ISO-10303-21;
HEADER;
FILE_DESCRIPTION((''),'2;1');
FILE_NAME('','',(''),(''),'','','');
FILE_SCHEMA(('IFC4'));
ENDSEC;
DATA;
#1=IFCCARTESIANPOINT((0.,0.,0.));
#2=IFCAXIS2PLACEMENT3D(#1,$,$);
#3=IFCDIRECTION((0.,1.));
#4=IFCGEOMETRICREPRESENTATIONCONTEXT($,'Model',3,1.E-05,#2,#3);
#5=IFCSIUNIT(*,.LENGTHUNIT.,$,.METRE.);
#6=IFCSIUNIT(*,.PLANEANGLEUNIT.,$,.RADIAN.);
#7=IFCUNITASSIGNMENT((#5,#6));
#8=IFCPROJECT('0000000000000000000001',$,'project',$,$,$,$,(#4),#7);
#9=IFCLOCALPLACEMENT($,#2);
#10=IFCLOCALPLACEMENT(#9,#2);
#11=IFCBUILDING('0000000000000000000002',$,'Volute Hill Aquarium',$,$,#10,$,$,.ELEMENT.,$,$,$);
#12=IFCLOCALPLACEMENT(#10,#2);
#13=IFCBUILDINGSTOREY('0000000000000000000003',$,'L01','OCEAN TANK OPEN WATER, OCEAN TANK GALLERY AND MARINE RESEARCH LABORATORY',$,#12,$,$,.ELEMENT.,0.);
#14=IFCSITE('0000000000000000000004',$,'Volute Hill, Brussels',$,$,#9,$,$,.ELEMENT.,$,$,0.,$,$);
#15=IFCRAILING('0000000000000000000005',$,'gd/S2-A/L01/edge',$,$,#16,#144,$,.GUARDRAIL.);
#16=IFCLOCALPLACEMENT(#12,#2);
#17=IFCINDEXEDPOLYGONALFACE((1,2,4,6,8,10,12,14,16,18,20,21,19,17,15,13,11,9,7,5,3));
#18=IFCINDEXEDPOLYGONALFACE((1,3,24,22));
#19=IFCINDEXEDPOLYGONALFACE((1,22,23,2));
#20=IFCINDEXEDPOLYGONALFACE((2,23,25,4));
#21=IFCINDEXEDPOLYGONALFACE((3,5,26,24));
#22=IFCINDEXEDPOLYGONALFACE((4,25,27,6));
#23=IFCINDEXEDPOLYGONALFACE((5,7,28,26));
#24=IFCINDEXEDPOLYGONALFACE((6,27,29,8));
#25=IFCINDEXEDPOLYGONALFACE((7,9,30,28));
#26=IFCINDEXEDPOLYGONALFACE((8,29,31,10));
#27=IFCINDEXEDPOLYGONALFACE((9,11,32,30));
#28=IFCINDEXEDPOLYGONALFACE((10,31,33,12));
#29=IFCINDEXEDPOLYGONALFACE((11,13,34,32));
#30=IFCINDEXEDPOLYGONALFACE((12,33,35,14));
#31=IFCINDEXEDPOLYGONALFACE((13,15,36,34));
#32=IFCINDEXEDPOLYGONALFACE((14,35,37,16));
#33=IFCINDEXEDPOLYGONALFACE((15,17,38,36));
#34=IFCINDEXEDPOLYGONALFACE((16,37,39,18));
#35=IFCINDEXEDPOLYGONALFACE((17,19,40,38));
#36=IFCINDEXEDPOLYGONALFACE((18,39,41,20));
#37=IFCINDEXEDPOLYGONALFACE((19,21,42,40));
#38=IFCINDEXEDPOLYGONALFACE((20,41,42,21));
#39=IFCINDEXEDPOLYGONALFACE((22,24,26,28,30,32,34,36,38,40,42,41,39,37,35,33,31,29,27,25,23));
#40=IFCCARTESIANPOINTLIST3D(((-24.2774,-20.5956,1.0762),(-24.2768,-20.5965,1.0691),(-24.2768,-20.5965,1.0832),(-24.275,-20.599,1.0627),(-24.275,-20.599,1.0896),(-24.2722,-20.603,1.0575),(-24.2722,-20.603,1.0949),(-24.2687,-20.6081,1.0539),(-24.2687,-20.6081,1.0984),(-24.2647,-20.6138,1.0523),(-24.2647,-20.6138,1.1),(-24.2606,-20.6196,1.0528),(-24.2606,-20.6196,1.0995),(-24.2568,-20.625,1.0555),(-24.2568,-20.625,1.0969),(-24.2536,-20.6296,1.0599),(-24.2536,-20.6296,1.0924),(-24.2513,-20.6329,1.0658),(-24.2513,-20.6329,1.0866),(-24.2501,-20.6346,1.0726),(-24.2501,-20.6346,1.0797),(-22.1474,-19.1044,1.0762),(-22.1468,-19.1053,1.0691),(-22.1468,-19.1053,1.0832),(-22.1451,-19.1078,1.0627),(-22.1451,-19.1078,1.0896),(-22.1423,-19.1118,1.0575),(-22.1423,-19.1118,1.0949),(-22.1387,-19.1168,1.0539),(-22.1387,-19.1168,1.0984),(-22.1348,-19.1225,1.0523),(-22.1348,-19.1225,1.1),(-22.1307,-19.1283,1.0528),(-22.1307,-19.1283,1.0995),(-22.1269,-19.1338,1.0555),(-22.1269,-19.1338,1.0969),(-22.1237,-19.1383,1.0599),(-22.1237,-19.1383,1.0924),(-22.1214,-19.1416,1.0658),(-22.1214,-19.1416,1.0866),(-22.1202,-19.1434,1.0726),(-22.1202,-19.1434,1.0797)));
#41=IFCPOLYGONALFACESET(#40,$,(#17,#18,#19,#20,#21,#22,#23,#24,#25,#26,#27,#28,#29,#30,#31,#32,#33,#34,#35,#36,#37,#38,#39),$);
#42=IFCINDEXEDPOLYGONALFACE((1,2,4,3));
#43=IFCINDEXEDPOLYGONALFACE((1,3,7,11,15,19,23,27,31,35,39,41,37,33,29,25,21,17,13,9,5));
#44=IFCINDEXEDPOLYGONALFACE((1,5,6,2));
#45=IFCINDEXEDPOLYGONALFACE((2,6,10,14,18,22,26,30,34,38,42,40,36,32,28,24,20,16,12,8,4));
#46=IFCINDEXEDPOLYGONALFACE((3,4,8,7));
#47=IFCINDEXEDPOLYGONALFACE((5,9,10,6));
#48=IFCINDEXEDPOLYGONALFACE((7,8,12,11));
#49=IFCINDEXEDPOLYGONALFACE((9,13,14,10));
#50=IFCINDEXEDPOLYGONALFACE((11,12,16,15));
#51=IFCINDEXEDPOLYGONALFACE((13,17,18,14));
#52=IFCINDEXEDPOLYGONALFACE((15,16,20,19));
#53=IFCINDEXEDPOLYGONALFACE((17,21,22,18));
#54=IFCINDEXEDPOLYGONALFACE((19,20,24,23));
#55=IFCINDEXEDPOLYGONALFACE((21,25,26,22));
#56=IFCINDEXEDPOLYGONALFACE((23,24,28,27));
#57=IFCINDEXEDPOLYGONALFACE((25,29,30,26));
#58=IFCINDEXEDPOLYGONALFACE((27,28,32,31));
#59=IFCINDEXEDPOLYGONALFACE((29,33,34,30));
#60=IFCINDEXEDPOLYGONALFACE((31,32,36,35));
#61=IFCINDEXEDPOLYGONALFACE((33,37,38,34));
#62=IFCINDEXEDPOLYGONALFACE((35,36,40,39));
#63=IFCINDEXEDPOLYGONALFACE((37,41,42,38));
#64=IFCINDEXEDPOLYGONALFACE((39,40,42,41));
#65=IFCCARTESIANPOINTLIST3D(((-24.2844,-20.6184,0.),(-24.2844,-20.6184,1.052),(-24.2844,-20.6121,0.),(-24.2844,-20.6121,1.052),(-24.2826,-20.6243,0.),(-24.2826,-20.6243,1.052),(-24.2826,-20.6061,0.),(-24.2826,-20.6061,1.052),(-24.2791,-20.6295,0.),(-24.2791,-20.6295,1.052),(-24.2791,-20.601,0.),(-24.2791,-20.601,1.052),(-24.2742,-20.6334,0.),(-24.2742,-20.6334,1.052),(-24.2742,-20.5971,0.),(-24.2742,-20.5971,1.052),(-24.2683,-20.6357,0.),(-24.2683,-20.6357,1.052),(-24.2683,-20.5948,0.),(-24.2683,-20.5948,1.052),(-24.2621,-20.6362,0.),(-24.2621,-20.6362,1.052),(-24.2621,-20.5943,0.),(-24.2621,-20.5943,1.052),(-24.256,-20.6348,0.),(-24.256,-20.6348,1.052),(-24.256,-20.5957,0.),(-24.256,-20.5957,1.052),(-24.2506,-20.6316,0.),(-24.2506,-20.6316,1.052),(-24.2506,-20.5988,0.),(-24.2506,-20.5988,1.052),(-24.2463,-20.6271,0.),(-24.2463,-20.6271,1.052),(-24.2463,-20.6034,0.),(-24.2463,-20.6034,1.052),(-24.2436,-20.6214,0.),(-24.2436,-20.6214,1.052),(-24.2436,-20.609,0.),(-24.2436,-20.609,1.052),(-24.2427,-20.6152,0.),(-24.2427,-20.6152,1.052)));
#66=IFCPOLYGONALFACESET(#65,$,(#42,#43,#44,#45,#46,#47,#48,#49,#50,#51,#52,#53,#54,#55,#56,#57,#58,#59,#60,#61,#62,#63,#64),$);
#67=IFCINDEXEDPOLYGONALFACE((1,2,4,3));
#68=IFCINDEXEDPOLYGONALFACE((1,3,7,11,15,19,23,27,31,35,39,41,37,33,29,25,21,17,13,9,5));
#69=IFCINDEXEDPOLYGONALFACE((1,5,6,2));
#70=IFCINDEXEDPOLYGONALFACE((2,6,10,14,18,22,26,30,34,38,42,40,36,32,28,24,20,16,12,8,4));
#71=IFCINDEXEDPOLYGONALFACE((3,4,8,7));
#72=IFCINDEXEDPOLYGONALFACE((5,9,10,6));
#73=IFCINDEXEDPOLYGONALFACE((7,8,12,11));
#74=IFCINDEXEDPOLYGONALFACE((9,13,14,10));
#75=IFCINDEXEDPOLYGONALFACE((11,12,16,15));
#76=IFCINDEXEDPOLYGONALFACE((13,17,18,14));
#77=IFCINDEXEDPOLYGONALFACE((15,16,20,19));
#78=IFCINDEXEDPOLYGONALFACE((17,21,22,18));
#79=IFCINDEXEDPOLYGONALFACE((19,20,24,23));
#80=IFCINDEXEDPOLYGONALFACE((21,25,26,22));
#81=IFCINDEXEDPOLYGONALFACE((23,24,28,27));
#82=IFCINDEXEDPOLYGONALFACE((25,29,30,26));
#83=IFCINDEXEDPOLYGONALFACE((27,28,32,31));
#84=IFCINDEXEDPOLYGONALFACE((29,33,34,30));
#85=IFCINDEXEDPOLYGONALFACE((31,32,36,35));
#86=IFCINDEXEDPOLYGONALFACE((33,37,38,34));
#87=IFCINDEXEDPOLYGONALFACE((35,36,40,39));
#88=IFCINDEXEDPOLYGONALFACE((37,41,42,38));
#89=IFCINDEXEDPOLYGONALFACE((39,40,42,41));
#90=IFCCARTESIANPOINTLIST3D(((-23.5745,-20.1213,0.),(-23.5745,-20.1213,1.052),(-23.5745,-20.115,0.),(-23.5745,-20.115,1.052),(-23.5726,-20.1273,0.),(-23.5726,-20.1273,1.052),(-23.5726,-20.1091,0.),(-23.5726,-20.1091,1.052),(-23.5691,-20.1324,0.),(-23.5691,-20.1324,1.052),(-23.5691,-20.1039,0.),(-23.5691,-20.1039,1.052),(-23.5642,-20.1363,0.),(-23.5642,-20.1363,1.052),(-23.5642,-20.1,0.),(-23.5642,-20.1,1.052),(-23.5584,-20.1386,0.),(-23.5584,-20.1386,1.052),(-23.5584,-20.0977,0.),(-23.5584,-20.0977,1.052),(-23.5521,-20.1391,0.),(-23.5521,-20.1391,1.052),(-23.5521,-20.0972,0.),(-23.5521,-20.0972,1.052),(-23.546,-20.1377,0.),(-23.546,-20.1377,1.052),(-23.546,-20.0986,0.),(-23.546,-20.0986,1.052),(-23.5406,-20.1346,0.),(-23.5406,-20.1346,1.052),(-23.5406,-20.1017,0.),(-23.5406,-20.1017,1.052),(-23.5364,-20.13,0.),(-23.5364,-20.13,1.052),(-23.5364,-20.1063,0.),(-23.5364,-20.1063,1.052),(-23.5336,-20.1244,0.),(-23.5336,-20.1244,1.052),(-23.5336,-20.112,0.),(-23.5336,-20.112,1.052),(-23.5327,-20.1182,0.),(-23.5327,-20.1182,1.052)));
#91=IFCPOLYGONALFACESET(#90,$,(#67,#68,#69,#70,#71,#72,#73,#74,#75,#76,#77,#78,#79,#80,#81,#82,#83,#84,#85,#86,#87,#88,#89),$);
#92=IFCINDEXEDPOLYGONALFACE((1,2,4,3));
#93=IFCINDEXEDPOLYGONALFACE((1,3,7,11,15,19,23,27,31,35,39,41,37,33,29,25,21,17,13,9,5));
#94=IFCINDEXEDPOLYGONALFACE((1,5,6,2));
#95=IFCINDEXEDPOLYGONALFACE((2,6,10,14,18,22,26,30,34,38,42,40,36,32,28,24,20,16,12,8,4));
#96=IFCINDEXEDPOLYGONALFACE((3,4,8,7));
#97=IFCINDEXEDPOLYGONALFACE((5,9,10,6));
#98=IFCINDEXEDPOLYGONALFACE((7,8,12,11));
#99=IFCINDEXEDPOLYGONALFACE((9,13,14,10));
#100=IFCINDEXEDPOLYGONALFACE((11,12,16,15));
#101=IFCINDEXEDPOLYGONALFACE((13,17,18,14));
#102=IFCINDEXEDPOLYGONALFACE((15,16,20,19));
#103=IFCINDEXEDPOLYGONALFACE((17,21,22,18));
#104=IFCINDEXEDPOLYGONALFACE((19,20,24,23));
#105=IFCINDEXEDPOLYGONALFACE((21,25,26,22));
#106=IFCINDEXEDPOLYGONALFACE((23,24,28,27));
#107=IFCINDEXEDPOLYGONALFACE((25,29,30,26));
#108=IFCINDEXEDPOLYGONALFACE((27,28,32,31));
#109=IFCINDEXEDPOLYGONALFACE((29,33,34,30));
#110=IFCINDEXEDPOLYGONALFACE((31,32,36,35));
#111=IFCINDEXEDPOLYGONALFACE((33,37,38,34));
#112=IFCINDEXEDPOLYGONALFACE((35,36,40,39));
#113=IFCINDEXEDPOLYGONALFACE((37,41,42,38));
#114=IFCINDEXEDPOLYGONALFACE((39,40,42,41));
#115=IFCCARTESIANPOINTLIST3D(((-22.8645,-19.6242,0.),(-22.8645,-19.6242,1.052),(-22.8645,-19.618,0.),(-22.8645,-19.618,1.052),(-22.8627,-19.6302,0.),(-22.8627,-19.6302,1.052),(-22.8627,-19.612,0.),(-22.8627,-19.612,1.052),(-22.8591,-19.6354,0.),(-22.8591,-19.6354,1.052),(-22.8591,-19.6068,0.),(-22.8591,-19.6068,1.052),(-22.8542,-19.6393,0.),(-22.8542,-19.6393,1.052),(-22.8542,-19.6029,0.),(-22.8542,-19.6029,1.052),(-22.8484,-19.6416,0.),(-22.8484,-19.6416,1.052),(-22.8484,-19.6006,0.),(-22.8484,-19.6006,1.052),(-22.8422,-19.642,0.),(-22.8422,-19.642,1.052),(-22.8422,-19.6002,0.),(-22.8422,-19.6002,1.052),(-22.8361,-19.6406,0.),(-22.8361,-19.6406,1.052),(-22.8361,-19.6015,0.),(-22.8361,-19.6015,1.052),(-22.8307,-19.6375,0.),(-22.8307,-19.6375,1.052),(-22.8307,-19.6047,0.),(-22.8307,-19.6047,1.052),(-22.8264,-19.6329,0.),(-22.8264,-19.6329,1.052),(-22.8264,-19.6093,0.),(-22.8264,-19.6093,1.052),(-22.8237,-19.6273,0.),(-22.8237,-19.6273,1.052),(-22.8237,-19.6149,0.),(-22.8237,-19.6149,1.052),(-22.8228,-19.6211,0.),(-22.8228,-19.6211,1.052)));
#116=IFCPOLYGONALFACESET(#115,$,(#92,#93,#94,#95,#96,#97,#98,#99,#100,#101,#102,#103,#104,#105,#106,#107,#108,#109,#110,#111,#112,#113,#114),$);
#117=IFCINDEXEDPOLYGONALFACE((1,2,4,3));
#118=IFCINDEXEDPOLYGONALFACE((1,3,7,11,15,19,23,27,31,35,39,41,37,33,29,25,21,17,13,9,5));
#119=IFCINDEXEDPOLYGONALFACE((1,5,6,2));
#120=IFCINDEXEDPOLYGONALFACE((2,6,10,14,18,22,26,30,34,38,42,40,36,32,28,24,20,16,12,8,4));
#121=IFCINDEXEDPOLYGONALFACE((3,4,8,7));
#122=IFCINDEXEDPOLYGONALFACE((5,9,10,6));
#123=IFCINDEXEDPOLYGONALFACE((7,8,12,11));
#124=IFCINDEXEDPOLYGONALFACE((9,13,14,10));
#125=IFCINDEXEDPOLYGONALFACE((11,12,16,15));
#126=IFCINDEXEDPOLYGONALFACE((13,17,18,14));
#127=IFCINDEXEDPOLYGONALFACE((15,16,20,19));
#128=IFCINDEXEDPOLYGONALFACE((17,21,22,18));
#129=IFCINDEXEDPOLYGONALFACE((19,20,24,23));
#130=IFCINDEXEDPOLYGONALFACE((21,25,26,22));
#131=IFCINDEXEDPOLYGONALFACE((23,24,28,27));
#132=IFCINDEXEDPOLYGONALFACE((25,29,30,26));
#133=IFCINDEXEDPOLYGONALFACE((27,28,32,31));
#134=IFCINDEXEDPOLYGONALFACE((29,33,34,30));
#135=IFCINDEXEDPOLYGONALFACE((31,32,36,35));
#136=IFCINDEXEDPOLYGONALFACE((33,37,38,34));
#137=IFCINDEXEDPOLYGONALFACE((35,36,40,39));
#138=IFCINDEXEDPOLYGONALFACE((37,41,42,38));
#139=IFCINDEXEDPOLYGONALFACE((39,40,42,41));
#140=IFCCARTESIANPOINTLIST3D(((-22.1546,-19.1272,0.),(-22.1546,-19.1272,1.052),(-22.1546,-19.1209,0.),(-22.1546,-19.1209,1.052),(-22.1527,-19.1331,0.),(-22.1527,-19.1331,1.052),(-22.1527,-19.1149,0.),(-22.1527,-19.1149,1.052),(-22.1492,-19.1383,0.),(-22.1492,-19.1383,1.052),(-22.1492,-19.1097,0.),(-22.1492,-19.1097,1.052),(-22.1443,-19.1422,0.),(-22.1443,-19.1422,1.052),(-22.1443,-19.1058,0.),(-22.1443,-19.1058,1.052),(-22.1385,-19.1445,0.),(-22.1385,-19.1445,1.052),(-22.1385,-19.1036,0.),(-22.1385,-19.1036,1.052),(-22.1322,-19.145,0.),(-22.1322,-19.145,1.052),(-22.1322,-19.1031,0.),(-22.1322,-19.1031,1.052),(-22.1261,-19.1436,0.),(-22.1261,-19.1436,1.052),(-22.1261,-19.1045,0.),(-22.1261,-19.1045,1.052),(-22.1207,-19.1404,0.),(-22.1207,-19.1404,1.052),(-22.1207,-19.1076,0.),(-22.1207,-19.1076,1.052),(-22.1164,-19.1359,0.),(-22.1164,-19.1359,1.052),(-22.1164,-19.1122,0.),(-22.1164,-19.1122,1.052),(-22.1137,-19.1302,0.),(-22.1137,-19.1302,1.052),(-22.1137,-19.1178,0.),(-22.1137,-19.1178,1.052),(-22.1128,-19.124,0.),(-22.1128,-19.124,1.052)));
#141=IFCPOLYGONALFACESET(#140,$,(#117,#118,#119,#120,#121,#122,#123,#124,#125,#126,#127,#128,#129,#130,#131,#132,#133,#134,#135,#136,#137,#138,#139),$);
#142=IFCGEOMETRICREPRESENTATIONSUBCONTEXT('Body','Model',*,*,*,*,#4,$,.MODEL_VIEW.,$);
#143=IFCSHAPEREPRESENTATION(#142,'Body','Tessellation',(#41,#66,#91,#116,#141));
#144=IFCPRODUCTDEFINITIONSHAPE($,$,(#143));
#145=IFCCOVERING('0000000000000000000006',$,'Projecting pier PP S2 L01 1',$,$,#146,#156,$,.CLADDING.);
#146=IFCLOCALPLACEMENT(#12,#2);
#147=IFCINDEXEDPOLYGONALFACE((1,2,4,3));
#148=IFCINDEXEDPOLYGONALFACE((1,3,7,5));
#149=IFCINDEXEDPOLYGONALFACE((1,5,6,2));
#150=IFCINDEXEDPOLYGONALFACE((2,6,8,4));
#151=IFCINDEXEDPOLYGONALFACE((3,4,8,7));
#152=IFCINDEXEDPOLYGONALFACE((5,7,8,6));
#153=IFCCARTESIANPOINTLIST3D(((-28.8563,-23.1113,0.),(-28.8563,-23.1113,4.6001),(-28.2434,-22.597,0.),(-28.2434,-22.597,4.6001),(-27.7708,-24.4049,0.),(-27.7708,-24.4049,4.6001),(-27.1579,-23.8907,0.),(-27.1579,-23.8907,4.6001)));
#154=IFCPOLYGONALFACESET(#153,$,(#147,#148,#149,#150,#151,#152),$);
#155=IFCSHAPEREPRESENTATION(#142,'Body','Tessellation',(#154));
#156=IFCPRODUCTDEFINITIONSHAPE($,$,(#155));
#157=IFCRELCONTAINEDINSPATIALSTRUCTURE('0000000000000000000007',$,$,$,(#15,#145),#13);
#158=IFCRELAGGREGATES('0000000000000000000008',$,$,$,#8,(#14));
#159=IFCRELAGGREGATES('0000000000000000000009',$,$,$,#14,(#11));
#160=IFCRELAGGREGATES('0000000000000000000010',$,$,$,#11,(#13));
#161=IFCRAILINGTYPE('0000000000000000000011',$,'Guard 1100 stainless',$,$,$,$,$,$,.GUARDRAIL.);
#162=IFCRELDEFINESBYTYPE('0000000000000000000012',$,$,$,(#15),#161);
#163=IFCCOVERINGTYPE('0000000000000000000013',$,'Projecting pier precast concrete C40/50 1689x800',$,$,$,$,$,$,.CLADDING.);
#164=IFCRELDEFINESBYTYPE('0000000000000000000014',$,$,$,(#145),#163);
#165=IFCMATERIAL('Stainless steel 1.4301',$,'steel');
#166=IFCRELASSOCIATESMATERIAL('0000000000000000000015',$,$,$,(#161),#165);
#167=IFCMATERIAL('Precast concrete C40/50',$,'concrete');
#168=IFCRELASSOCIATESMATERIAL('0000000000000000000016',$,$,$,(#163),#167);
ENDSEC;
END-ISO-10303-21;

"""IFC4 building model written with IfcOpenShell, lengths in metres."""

from ifc_helpers import new_model, si_unit, direction, frame, origin, origin_2d, place, context, subcontext, project, spatial, rectangle, circle, extrude, material, type_object, element, save


model = new_model("IFC4")

# Units and contexts
model_context = context("Model", 3, precision=1e-05, world=origin(), true_north=direction((0.0, 1.0)))
body_context = subcontext(model_context, "Body", "Model", "MODEL_VIEW")
ifc_project = project(units=[si_unit("LENGTHUNIT", "METRE"), si_unit("PLANEANGLEUNIT", "RADIAN")], contexts=[model_context])

# Site, building, storey
site_placement = place(None, origin())
site = spatial("IfcSite", under=ifc_project, at=site_placement, Name="Volute Hill, Brussels", CompositionType="ELEMENT", RefElevation=0.0)
building_placement = place(site_placement, origin())
building = spatial("IfcBuilding", under=site, at=building_placement, Name="Volute Hill Aquarium", CompositionType="ELEMENT")
storey_placement = place(building_placement, origin())
storey = spatial("IfcBuildingStorey", under=building, at=storey_placement, Name="L01", Description="OCEAN TANK OPEN WATER, OCEAN TANK GALLERY AND MARINE RESEARCH LABORATORY", CompositionType="ELEMENT", Elevation=0.0)

# Railing
ifc_material_1 = material(Name="Stainless steel 1.4301", Category="steel")
railing_type_1 = type_object("IfcRailingType", Name="Guard 1100 stainless", PredefinedType="GUARDRAIL", material=ifc_material_1)
railing_1_placement = place(storey_placement, frame((-24.2637, -20.6152, 0.0)))
element("IfcRailing", 1, at=railing_1_placement, inside=storey, type_object=railing_type_1, Name="gd/S2-A/L01/edge", PredefinedType="GUARDRAIL", context=body_context, shape_type="SweptSolid", body=[
    extrude(circle(Radius=0.0239, at=origin_2d()), frame((0.0, 0.0, 1.0762), z_axis=(0.819179, 0.573538, 0.0), x_axis=(-0.573538, 0.819179, 0.0)), (0.0, 0.0, 1.0), 2.6001),
    extrude(circle(Radius=0.021, at=origin_2d()), origin(), (0.0, 0.0, 1.0), 1.052),
    extrude(circle(Radius=0.021, at=origin_2d()), frame((0.71, 0.4971, 0.0)), (0.0, 0.0, 1.0), 1.052),
    extrude(circle(Radius=0.021, at=origin_2d()), frame((1.4199, 0.9941, 0.0)), (0.0, 0.0, 1.0), 1.052),
    extrude(circle(Radius=0.021, at=origin_2d()), frame((2.1299, 1.4912, 0.0)), (0.0, 0.0, 1.0), 1.052),
])

# Covering
ifc_material_2 = material(Name="Precast concrete C40/50", Category="concrete")
covering_type = type_object("IfcCoveringType", Name="Projecting pier precast concrete C40/50 1689x800", PredefinedType="CLADDING", material=ifc_material_2)
covering_placement = place(storey_placement, frame((-28.0071, -23.501, 0.0), z_axis=(0.0, 0.0, 1.0), x_axis=(0.642788, -0.766044, 0.0)))
element("IfcCovering", 2, at=covering_placement, inside=storey, type_object=covering_type, Name="Projecting pier PP S2 L01 1", PredefinedType="CLADDING", context=body_context, shape_type="SweptSolid", body=[
    extrude(rectangle(XDim=1.6887, YDim=0.8, at=origin_2d()), origin(), (0.0, 0.0, 1.0), 4.6001),
])

save(model, "model.ifc")
